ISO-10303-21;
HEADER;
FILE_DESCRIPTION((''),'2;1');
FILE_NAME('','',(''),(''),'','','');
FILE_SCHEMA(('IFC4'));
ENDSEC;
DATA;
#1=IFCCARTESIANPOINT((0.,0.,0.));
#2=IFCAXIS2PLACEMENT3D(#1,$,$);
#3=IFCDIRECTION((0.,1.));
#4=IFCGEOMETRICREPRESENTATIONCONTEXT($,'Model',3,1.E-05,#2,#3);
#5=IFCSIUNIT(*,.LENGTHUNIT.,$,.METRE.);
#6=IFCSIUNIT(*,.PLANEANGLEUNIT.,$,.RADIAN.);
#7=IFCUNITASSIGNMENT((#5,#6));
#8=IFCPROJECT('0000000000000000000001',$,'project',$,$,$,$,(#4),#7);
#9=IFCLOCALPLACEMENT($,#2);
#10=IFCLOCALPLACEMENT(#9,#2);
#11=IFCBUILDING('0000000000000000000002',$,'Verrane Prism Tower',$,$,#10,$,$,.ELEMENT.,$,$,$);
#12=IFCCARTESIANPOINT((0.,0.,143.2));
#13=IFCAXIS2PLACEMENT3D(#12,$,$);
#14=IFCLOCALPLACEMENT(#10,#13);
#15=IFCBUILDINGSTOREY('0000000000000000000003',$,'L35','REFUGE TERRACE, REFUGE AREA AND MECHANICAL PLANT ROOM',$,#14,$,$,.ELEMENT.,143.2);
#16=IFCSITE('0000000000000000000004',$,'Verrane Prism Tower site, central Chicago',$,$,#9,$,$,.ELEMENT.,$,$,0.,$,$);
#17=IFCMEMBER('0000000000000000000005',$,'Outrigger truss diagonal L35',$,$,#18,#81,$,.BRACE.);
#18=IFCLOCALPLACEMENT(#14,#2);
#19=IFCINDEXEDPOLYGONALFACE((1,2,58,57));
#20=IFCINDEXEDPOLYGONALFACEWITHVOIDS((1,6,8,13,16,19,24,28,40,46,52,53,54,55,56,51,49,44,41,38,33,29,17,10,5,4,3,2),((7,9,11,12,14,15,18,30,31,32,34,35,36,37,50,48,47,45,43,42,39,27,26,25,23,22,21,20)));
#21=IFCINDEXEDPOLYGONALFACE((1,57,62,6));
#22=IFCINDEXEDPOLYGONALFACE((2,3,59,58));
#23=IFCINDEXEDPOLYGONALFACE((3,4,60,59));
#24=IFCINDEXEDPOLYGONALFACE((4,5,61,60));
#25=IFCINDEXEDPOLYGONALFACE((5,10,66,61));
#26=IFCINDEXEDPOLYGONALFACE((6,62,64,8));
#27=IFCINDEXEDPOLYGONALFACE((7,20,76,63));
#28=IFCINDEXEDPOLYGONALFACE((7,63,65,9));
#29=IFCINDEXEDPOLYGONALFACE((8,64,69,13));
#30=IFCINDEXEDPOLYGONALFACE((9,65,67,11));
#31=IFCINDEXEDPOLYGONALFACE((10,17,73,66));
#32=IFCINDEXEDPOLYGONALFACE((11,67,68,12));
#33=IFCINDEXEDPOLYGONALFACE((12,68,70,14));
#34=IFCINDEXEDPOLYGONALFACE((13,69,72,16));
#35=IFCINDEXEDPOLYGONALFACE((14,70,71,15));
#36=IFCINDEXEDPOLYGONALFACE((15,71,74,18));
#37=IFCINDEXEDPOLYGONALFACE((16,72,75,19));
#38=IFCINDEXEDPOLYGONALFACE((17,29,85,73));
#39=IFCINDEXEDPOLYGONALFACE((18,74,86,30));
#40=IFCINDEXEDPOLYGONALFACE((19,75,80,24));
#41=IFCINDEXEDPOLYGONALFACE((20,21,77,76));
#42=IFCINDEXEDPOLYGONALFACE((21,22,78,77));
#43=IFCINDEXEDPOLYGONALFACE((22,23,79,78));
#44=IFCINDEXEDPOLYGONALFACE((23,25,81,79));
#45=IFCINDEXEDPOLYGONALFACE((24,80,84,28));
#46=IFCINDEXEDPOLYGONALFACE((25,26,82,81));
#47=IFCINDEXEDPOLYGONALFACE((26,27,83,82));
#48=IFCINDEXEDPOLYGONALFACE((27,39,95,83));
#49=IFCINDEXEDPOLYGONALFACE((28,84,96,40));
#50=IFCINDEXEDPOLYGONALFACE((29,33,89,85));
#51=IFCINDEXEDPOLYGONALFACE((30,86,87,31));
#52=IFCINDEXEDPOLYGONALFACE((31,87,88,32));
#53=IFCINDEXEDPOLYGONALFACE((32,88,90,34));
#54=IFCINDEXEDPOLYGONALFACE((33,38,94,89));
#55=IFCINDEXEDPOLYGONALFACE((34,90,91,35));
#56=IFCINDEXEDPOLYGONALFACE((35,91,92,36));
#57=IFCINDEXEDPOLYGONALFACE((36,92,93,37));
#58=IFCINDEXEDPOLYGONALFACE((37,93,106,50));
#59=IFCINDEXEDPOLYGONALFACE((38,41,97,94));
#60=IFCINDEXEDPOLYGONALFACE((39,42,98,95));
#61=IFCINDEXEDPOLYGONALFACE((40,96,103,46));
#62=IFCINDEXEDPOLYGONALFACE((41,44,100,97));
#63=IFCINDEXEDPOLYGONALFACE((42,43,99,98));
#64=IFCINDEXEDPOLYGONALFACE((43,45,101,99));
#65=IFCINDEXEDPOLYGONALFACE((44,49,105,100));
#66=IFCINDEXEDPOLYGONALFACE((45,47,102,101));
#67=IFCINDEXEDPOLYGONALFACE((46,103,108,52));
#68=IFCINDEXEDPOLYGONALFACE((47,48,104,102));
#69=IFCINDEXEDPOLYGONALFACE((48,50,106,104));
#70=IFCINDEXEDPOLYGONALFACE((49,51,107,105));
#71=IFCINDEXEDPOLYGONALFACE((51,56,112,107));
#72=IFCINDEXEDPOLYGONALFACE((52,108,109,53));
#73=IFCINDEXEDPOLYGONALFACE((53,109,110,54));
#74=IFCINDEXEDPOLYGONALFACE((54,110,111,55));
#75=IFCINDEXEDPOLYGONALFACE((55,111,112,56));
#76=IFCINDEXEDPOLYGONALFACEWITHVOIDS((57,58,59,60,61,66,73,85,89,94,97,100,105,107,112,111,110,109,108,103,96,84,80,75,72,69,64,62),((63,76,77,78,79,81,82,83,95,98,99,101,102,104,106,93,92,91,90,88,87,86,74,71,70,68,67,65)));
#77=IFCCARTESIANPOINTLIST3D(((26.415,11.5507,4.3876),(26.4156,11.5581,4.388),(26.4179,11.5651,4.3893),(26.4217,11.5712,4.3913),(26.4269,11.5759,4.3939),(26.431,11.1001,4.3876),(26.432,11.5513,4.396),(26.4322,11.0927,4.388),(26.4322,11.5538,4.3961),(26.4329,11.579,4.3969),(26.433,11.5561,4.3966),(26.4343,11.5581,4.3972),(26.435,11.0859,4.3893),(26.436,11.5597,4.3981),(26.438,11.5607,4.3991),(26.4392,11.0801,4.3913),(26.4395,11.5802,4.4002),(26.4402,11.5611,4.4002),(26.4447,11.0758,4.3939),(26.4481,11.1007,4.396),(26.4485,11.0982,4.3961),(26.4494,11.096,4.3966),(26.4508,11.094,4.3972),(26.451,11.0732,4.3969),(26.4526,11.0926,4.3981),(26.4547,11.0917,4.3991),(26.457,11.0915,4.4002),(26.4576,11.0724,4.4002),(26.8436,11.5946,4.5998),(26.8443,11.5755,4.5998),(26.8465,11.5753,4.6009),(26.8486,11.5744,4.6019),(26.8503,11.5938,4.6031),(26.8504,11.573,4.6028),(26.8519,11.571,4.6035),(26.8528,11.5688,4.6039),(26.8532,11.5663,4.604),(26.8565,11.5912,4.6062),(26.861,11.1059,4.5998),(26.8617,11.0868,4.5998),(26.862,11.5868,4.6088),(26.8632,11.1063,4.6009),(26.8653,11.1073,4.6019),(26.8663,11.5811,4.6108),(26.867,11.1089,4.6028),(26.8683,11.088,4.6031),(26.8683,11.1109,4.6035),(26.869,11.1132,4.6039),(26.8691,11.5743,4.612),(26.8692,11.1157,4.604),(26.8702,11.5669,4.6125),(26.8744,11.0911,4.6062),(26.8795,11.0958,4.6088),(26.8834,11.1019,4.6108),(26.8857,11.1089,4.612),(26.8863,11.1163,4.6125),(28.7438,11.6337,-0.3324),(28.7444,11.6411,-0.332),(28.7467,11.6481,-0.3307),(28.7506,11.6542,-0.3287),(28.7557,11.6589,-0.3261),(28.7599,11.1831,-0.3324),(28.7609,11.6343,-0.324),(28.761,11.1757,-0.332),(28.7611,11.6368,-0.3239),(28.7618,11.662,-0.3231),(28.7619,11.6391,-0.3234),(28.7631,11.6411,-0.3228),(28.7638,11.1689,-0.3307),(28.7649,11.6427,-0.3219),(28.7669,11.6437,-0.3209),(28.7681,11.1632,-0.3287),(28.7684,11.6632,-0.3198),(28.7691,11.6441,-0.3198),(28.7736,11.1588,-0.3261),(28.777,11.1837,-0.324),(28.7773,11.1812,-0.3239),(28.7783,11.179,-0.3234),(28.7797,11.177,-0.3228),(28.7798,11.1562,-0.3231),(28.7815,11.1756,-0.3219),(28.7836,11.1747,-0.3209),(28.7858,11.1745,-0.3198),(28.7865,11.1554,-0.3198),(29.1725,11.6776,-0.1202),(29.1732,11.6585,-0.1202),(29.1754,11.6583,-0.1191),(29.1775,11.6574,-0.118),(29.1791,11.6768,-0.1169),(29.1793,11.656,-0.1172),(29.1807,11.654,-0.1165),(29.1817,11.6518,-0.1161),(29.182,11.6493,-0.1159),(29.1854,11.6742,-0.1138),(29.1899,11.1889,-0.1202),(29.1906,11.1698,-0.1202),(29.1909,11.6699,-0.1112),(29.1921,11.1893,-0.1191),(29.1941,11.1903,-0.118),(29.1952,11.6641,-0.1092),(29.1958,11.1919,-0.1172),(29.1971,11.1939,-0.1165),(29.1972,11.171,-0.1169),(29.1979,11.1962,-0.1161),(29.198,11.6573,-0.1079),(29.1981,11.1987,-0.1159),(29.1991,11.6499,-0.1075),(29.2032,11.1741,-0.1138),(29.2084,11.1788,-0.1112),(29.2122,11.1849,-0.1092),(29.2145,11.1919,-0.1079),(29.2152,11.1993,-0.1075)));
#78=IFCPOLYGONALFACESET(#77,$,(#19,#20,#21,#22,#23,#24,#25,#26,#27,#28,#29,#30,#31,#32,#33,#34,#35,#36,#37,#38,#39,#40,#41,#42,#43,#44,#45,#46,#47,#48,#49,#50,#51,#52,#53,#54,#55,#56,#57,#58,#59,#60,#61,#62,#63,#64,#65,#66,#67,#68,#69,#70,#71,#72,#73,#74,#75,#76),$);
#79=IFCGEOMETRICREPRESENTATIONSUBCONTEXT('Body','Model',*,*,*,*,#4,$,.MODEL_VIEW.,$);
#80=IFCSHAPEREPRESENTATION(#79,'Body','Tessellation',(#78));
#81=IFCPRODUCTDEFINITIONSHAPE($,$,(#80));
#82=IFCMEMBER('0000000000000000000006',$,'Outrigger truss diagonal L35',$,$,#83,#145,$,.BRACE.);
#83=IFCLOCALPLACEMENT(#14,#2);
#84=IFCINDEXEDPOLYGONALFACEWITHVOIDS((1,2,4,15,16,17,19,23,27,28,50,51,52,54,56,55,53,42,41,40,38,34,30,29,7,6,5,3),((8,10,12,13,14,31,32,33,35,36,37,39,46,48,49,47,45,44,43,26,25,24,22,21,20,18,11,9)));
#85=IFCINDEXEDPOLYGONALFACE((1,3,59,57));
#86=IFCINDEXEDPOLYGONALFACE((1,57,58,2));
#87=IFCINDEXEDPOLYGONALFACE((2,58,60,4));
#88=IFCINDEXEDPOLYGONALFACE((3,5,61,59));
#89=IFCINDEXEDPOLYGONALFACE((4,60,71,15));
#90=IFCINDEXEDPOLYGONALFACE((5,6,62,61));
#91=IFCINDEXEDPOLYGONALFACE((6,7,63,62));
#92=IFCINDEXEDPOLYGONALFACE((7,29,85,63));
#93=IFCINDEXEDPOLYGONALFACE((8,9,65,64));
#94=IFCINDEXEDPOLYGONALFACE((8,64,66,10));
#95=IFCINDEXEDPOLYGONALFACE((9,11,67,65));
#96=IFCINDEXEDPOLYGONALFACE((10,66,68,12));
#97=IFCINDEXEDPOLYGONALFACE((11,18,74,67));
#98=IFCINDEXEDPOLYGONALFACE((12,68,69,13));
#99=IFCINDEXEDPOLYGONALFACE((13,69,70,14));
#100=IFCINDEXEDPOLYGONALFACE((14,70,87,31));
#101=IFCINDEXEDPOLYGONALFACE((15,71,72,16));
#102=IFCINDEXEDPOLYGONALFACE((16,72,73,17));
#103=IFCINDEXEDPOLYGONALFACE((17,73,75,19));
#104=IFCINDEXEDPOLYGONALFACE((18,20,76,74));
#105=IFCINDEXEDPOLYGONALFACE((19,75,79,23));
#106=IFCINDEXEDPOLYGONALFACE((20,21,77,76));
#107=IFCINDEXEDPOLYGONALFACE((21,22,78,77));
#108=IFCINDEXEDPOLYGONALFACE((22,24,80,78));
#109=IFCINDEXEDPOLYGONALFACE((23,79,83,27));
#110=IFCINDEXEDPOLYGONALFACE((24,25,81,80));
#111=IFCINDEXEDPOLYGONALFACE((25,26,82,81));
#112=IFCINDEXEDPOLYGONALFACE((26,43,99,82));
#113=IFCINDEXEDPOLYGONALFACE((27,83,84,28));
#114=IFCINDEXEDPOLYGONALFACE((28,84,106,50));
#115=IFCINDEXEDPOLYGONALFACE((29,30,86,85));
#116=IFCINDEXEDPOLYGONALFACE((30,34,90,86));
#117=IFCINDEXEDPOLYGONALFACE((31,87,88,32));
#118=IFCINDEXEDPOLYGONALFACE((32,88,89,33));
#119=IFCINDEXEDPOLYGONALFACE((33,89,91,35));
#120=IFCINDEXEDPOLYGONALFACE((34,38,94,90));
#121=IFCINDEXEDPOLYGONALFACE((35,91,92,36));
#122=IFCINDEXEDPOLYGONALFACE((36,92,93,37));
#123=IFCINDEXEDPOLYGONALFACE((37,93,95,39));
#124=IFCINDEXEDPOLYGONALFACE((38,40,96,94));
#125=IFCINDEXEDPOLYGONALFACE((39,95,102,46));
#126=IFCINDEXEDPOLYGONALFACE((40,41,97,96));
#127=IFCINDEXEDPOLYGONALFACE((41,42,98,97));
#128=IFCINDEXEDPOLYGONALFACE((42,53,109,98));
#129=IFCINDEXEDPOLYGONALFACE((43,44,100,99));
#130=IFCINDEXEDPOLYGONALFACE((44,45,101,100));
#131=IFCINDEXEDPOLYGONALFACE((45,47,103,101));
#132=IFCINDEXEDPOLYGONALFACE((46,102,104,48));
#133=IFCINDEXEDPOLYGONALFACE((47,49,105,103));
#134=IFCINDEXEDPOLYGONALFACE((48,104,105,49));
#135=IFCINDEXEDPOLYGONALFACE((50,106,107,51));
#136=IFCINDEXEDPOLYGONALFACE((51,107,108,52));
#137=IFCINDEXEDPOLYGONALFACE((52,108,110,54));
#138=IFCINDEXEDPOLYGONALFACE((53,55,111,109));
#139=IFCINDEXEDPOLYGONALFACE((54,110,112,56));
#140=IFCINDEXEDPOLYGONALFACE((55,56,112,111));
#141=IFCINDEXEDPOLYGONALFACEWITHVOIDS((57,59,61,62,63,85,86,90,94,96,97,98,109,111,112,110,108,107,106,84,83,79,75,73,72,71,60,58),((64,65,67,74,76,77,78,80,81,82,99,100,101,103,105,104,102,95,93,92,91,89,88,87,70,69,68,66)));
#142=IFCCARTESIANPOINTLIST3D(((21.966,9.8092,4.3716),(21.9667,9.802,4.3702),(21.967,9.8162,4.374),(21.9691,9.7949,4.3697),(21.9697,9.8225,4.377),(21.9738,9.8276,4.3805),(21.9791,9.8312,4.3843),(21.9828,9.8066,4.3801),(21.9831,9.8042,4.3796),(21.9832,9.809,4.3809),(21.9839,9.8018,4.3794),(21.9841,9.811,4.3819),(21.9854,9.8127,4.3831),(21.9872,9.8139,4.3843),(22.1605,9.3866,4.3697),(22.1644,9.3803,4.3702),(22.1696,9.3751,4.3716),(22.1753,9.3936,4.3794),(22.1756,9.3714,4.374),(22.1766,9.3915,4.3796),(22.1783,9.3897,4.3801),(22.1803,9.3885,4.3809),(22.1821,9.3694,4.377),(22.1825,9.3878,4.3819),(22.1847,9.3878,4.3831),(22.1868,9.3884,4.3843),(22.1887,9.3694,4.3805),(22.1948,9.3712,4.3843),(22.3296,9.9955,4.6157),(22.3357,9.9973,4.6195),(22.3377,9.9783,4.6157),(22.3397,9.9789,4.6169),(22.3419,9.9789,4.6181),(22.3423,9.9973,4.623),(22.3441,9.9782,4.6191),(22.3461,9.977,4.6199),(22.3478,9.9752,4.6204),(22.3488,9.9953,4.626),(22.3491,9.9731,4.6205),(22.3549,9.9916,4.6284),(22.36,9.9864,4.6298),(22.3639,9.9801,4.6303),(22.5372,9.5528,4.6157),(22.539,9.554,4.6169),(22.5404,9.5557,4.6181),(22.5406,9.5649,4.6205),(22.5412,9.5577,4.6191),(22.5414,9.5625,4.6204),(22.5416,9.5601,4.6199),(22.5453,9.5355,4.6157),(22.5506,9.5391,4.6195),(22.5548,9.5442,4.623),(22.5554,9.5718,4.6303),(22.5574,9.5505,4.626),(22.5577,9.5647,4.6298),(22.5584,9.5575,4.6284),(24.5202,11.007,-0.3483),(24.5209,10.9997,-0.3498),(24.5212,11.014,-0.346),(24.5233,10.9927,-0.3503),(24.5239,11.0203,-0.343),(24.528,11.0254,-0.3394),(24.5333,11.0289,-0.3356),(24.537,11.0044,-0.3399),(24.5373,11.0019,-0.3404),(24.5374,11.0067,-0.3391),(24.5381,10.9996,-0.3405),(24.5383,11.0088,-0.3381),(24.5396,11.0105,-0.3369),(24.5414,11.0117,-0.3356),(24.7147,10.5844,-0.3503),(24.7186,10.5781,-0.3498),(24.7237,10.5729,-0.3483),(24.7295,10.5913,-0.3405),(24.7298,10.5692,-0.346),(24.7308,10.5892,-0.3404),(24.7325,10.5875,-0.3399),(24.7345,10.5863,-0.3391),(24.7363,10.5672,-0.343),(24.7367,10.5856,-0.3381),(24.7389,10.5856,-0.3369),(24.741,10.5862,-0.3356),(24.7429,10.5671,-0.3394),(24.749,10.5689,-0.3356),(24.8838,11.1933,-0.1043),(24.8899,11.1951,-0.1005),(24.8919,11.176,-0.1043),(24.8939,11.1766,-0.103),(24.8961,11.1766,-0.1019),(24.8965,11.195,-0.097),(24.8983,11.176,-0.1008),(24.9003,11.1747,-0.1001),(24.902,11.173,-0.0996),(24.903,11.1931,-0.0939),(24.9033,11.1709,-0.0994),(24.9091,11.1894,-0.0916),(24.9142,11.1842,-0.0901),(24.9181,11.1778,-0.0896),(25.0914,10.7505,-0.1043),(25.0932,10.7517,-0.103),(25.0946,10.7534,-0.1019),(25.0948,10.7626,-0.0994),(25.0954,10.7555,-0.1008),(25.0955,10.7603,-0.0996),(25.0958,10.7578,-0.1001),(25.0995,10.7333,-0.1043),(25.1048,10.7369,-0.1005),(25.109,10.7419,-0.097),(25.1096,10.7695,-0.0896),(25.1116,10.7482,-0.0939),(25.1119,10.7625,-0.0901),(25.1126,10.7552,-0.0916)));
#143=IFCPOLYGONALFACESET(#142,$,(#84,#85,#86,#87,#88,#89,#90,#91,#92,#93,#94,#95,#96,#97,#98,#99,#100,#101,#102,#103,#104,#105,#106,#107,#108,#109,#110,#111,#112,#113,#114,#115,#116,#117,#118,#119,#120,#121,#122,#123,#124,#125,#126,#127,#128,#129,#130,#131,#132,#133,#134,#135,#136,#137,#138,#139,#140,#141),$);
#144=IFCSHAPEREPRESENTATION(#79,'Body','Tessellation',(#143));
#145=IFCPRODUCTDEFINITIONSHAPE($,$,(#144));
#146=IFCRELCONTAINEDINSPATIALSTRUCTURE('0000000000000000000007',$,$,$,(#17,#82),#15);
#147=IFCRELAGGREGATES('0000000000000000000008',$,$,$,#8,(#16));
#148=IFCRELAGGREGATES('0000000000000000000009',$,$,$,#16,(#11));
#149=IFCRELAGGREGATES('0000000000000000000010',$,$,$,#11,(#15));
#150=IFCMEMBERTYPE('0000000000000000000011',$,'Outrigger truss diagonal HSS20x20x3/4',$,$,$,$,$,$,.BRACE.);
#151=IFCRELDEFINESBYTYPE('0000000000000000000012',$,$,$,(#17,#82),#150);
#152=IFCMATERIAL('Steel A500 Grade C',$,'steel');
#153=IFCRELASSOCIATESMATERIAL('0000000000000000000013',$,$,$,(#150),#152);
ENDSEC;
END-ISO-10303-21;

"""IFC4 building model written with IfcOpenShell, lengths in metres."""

from ifc_helpers import new_model, si_unit, direction, frame, origin, origin_2d, place, context, subcontext, project, spatial, hollow_rectangle, extrude, material, material_profile, profile_set, type_object, element, save


model = new_model("IFC4")

# Units and contexts
model_context = context("Model", 3, precision=1e-05, world=origin(), true_north=direction((0.0, 1.0)))
body_context = subcontext(model_context, "Body", "Model", "MODEL_VIEW")
ifc_project = project(units=[si_unit("LENGTHUNIT", "METRE"), si_unit("PLANEANGLEUNIT", "RADIAN")], contexts=[model_context])

# Site, building, storey
site_placement = place(None, origin())
site = spatial("IfcSite", under=ifc_project, at=site_placement, Name="Verrane Prism Tower site, central Chicago", CompositionType="ELEMENT", RefElevation=0.0)
building_placement = place(site_placement, origin())
building = spatial("IfcBuilding", under=site, at=building_placement, Name="Verrane Prism Tower", CompositionType="ELEMENT")
storey_placement = place(building_placement, frame((0.0, 0.0, 143.2)))
storey = spatial("IfcBuildingStorey", under=building, at=storey_placement, Name="L35", Description="REFUGE TERRACE, REFUGE AREA AND MECHANICAL PLANT ROOM", CompositionType="ELEMENT", Elevation=143.2)

# Members
ifc_material_1 = material(Name="Steel A500 Grade C", Category="steel")
ifc_material_profile_1 = material_profile(ifc_material_1, hollow_rectangle(XDim=0.5081, YDim=0.5081, WallThickness=0.019, InnerFilletRadius=0.0095, OuterFilletRadius=0.0286, at=origin_2d()), Name="HSS20x20x3/4")
ifc_profile_set_1 = profile_set([ifc_material_profile_1], Name="Steel A500 Grade C")
member_type_1 = type_object("IfcMemberType", Name="Outrigger truss diagonal HSS20x20x3/4", PredefinedType="BRACE", material=ifc_profile_set_1)
member_1_placement = place(storey_placement, frame((28.9795, 11.4165, -0.22), z_axis=(-0.442421, -0.015769, 0.896669), x_axis=(0.035621, -0.999365, 0.0)))
element("IfcMember", 1, at=member_1_placement, inside=storey, type_object=member_type_1, Name="Outrigger truss diagonal L35", PredefinedType="BRACE", context=body_context, shape_type="SweptSolid", body=[
    extrude(hollow_rectangle(XDim=0.5081, YDim=0.5081, WallThickness=0.019, InnerFilletRadius=0.0095, OuterFilletRadius=0.0286, at=origin_2d()), origin(), (0.0, 0.0, 1.0), 5.2639),
])
member_2_placement = place(storey_placement, frame((24.8164, 10.8811, -0.22), z_axis=(-0.464502, -0.217821, 0.858366), x_axis=(0.424571, -0.905394, 0.0)))
element("IfcMember", 2, at=member_2_placement, inside=storey, type_object=member_type_1, Name="Outrigger truss diagonal L35", PredefinedType="BRACE", context=body_context, shape_type="SweptSolid", body=[
    extrude(hollow_rectangle(XDim=0.5081, YDim=0.5081, WallThickness=0.019, InnerFilletRadius=0.0095, OuterFilletRadius=0.0286, at=origin_2d()), origin(), (0.0, 0.0, 1.0), 5.4988),
])

save(model, "model.ifc")
